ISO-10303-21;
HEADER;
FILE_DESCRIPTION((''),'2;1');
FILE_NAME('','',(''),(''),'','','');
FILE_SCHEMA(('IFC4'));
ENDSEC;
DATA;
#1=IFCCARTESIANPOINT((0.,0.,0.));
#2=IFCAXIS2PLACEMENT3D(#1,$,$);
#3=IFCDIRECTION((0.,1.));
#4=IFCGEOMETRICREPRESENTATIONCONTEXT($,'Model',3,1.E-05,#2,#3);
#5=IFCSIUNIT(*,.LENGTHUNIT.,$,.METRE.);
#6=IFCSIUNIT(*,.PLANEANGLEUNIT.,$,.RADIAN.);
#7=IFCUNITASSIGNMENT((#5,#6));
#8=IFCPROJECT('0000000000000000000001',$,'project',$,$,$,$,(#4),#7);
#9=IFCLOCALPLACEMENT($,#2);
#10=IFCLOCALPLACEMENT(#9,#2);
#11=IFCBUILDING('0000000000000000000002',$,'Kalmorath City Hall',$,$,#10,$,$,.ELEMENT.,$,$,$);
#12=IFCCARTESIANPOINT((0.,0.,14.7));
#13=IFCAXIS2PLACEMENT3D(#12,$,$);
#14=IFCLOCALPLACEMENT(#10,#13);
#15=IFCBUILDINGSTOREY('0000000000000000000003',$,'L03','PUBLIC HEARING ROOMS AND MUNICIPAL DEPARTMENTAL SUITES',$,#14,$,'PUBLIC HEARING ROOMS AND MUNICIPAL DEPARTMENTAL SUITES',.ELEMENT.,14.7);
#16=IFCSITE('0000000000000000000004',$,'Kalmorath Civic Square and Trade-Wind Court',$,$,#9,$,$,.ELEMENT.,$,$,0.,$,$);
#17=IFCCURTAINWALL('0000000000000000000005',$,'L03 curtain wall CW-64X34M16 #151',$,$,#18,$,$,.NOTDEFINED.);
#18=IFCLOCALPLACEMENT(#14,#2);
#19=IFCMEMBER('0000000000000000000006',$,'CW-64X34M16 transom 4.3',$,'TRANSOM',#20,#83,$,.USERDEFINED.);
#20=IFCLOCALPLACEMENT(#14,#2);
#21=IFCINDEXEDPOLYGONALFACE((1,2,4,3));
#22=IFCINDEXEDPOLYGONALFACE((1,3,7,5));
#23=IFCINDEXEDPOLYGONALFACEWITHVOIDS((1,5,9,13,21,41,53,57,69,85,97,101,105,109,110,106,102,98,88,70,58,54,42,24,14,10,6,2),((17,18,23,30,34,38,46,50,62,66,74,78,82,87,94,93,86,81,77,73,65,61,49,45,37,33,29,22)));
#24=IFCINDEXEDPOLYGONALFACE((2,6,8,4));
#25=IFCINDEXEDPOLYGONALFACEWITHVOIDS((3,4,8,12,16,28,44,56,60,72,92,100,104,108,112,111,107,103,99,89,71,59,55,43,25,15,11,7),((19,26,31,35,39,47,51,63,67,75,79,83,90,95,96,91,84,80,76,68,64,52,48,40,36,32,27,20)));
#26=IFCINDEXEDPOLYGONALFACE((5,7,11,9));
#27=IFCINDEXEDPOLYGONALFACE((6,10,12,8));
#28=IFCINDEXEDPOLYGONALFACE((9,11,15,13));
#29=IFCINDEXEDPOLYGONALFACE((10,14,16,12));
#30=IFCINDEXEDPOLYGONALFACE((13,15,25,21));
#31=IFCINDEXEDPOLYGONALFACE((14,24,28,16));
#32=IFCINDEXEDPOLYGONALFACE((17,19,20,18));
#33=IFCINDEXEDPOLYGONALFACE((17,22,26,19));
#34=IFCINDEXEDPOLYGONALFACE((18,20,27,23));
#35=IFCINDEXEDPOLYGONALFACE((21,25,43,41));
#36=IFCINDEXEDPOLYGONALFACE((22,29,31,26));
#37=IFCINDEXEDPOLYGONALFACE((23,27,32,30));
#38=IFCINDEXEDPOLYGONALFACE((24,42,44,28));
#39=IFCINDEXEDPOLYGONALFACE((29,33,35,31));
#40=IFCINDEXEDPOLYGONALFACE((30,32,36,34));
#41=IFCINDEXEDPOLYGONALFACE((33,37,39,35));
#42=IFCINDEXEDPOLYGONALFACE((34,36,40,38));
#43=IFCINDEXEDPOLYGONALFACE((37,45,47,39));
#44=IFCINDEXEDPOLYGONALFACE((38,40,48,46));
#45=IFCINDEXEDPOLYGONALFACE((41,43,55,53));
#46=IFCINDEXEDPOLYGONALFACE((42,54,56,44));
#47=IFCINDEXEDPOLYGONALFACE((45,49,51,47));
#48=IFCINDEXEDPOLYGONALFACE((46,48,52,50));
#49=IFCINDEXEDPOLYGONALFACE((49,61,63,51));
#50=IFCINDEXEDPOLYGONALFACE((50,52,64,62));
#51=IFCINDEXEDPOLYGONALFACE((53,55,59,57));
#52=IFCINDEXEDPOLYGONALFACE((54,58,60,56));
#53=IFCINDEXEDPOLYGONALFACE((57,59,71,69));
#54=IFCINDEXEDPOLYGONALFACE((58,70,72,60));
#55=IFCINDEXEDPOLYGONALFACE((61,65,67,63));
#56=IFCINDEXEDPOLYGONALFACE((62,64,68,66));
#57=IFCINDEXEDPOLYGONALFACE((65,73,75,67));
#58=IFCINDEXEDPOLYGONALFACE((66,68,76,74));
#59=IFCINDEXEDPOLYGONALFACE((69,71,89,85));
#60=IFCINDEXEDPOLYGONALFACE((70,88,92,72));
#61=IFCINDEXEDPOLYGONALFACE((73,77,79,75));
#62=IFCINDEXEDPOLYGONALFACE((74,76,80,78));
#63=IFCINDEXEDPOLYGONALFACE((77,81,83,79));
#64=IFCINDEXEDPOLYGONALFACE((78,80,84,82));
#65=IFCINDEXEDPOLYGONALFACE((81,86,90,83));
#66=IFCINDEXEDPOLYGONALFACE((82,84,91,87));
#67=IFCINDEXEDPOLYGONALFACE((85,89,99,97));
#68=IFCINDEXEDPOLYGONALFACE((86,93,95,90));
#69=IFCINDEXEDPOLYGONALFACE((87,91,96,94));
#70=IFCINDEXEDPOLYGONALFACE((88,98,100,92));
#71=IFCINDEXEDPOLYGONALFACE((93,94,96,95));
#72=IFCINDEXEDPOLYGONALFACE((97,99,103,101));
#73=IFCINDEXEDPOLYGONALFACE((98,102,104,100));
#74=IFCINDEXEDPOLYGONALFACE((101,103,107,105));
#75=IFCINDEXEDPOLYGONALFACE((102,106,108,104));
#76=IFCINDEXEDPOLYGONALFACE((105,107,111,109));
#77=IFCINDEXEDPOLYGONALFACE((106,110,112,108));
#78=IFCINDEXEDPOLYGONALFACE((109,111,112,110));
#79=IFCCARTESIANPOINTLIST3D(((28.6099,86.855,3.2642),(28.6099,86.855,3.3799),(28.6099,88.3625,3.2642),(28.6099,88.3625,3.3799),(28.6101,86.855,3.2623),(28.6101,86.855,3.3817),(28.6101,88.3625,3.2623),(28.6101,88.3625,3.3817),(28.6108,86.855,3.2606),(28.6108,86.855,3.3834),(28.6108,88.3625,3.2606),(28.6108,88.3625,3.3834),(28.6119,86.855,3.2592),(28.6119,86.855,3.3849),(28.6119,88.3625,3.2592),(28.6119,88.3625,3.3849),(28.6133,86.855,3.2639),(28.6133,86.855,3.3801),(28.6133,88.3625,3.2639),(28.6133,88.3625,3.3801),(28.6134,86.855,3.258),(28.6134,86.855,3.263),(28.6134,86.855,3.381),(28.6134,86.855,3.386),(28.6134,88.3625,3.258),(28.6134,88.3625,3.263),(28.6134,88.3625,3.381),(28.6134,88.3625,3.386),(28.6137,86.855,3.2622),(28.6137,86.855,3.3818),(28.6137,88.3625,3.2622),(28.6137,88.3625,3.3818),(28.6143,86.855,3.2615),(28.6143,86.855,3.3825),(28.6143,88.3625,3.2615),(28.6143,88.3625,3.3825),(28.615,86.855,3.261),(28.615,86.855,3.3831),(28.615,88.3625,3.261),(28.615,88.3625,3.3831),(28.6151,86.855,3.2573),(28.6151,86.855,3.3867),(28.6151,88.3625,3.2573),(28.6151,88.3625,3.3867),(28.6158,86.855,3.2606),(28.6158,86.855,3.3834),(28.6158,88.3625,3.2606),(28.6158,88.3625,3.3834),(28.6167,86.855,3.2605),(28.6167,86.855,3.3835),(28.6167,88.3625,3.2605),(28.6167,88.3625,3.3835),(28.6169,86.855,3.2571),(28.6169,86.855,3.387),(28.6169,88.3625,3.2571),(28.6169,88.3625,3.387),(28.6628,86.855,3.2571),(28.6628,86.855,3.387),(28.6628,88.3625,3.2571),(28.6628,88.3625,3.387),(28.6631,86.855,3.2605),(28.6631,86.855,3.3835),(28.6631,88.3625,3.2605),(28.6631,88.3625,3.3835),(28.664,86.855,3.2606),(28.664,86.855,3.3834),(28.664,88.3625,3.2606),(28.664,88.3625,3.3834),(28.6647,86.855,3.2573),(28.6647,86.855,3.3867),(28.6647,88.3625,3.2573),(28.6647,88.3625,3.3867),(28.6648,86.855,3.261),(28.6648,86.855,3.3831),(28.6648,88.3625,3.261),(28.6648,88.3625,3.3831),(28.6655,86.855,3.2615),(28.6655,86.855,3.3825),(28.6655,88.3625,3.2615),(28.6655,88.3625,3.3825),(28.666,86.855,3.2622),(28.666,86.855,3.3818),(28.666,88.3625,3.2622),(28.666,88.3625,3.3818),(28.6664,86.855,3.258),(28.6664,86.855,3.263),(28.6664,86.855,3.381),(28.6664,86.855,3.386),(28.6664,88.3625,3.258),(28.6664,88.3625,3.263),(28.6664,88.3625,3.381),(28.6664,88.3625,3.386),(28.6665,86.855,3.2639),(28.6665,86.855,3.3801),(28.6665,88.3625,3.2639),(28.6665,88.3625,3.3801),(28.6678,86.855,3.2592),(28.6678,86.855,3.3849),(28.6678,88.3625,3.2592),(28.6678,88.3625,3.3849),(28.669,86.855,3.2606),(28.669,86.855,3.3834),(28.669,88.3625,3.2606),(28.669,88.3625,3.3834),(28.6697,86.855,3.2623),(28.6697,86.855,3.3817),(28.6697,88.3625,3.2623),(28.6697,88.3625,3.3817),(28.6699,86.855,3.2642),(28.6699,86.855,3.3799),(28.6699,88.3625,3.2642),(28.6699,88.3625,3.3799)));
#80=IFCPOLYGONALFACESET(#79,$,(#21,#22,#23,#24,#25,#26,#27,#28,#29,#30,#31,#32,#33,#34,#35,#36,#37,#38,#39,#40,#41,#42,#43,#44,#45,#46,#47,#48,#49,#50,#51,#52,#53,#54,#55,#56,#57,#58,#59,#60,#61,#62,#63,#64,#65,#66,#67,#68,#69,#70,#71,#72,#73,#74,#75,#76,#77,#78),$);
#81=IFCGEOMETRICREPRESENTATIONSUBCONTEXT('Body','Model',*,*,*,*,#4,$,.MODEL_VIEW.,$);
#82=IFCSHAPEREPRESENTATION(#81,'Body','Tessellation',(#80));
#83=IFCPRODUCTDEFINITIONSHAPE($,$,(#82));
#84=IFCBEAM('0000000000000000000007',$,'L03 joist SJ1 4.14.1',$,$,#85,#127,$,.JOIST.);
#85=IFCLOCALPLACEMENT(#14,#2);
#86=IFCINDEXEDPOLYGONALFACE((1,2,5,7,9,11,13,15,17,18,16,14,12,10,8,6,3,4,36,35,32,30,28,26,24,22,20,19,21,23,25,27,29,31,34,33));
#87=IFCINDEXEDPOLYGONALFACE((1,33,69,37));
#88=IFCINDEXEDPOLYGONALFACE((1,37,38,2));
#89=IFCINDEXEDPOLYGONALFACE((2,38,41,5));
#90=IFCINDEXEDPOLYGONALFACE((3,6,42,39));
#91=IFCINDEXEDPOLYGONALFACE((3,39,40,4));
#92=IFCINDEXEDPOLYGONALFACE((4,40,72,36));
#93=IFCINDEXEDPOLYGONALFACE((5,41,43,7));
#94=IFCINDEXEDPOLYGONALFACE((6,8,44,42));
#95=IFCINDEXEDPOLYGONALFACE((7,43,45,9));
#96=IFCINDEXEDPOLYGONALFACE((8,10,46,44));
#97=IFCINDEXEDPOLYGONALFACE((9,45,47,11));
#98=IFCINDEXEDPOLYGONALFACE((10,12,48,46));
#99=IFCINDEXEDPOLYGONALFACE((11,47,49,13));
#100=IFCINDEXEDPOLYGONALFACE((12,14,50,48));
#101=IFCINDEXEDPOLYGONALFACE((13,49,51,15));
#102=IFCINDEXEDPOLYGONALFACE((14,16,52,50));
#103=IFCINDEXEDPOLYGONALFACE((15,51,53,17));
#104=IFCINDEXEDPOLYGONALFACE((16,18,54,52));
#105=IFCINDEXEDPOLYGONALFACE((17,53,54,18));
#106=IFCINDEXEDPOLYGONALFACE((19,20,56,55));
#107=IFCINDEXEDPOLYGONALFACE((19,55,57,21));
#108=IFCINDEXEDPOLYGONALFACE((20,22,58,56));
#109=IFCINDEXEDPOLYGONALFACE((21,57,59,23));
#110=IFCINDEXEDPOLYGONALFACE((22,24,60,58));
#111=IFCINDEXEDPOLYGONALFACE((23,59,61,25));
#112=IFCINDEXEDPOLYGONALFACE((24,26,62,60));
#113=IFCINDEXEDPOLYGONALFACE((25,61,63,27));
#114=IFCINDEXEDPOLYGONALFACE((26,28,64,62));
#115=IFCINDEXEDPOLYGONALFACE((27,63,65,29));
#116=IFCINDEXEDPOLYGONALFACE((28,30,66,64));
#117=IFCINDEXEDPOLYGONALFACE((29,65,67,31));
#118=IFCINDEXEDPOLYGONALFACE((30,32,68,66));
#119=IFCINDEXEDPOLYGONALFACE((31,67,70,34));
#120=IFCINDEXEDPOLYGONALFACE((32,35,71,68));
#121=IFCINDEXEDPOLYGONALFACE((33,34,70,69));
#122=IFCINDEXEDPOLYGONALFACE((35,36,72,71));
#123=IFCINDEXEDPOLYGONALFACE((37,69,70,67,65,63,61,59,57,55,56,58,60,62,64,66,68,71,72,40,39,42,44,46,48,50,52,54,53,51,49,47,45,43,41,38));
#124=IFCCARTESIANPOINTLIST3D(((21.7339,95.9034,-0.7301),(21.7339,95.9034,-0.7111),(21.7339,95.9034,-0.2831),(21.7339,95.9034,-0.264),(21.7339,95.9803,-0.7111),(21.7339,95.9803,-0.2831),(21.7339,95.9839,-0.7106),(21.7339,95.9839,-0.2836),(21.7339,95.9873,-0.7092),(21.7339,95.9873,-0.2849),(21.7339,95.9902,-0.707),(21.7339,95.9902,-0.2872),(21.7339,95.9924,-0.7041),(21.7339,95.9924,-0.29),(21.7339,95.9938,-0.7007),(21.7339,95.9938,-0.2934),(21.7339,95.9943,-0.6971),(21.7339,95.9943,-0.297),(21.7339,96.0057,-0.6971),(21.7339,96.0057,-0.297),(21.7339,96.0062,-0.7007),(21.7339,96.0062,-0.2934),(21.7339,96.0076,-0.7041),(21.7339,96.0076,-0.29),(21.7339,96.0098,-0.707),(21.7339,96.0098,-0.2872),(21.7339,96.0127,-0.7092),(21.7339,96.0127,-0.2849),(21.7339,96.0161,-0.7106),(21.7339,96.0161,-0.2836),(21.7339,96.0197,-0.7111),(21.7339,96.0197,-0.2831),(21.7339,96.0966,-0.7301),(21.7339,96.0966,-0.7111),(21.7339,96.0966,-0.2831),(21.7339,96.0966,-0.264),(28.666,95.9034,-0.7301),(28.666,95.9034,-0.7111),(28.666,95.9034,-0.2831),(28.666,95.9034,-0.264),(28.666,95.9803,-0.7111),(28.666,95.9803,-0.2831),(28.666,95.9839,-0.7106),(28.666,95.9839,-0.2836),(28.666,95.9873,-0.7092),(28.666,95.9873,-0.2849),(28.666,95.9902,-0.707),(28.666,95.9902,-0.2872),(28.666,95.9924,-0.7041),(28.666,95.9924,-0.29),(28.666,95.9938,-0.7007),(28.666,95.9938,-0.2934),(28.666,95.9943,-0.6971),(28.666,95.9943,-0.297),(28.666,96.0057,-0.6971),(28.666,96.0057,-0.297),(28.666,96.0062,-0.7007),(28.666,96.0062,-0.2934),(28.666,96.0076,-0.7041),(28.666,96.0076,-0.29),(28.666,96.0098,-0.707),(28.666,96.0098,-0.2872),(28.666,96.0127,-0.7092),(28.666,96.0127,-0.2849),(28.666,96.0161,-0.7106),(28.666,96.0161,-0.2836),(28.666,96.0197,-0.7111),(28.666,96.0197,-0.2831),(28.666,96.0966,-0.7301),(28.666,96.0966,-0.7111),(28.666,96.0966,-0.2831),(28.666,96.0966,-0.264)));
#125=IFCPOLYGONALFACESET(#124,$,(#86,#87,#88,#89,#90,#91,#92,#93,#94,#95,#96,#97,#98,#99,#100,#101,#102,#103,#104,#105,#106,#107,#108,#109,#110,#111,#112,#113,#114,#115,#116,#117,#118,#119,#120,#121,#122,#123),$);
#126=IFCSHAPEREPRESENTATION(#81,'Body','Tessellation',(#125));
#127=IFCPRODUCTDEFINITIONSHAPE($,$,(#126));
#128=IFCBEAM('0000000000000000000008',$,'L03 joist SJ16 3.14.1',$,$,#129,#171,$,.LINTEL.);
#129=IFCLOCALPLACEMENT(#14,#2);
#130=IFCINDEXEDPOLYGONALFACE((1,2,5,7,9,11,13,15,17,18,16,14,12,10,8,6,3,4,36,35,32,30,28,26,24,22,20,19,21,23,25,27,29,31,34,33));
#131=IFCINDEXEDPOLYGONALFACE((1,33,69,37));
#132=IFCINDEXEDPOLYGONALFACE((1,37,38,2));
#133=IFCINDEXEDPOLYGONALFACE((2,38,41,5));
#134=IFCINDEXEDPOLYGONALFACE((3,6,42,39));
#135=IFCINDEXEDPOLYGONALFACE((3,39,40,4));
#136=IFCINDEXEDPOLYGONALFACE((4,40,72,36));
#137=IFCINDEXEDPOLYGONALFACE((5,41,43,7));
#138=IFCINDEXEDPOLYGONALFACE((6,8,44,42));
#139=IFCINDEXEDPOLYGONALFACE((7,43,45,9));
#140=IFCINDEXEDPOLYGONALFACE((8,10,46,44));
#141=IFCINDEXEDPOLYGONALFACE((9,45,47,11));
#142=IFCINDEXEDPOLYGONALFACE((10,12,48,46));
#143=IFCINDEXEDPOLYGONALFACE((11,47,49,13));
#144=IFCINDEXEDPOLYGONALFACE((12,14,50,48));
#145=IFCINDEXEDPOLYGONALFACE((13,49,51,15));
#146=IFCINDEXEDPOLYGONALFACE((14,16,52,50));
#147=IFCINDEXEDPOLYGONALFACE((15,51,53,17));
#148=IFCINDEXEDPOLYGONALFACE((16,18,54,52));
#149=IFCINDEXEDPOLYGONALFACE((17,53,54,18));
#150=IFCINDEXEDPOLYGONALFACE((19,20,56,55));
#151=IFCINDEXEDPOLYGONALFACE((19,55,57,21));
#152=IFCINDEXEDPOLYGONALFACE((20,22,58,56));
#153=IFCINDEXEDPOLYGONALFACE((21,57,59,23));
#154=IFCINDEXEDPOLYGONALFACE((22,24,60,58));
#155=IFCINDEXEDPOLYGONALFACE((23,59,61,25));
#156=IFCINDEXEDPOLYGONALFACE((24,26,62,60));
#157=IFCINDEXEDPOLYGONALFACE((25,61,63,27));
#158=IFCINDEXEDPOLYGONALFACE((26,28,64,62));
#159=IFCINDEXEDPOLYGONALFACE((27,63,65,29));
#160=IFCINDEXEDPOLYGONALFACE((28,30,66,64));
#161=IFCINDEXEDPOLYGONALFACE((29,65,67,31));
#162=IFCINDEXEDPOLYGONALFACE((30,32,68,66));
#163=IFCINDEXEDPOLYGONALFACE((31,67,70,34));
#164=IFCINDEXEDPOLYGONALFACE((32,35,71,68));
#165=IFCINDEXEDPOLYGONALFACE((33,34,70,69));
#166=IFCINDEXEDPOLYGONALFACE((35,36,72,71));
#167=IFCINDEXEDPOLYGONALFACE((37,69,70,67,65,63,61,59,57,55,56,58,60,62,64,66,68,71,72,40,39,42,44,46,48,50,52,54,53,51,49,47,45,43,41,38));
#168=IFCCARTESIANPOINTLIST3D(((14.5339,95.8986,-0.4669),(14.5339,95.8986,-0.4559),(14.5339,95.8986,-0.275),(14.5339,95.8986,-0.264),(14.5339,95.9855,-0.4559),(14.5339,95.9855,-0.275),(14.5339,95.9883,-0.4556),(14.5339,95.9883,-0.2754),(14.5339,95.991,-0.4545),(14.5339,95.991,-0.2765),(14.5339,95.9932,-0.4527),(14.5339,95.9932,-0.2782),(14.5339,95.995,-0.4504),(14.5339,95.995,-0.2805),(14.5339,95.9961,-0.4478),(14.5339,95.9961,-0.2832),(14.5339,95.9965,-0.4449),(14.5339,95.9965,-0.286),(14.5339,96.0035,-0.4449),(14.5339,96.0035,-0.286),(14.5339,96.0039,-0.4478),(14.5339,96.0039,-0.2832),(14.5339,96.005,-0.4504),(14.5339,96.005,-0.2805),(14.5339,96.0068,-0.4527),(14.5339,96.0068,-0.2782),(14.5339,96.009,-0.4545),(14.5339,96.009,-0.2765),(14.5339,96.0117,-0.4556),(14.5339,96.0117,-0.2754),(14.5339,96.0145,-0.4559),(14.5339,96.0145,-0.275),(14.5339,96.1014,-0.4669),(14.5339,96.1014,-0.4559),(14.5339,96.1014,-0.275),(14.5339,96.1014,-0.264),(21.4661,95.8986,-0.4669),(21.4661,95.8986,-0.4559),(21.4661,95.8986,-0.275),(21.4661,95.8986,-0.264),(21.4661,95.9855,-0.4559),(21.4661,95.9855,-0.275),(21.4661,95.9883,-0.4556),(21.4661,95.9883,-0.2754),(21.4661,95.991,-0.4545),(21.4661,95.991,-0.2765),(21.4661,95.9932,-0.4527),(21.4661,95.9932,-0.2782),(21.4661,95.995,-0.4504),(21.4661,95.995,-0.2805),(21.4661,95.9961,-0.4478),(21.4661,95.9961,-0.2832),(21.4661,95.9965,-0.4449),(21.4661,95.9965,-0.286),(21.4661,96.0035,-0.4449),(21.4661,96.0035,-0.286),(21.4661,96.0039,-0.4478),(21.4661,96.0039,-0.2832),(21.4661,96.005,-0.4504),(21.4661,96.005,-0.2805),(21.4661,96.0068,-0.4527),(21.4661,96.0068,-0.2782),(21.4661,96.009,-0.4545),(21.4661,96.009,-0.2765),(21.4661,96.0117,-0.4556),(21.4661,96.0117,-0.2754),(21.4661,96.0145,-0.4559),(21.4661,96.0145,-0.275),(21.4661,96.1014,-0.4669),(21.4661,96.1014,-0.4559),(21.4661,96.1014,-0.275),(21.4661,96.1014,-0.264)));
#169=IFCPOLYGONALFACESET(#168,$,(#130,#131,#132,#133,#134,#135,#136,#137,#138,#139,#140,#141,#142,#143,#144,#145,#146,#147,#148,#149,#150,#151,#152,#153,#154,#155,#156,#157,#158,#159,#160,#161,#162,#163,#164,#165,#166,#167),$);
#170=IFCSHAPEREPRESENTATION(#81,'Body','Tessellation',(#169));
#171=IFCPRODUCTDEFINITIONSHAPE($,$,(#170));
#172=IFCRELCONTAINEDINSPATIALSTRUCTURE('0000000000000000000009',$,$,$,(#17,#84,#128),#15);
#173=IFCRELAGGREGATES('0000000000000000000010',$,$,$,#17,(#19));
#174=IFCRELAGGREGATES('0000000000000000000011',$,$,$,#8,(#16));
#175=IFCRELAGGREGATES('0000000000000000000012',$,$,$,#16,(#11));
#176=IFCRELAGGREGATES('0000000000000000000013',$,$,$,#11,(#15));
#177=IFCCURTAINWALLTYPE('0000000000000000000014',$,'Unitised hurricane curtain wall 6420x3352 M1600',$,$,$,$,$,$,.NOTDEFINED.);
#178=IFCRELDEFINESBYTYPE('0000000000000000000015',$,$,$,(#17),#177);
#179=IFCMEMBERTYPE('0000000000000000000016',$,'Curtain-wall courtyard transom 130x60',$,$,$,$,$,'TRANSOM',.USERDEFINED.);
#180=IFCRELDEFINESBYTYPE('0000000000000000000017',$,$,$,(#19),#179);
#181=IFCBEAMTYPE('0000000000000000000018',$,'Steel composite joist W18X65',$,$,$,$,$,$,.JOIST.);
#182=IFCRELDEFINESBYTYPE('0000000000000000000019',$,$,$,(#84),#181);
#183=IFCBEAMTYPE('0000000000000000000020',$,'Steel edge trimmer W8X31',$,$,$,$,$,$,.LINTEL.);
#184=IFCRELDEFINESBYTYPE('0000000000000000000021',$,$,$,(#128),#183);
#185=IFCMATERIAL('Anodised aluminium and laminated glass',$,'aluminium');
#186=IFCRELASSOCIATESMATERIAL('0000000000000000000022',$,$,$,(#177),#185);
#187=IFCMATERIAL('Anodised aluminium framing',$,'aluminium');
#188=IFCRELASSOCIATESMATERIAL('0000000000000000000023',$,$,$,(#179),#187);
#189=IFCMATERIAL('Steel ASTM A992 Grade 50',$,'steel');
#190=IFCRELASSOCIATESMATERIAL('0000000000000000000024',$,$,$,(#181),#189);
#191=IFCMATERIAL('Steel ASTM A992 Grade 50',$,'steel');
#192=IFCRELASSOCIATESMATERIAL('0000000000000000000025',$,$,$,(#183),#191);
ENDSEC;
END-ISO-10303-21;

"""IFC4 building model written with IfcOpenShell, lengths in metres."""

from ifc_helpers import new_model, si_unit, direction, frame, origin, origin_2d, place, context, subcontext, project, spatial, hollow_rectangle, i_section, extrude, material, material_profile, profile_set, type_object, element, aggregate, save


model = new_model("IFC4")

# Units and contexts
model_context = context("Model", 3, precision=1e-05, world=origin(), true_north=direction((0.0, 1.0)))
body_context = subcontext(model_context, "Body", "Model", "MODEL_VIEW")
ifc_project = project(units=[si_unit("LENGTHUNIT", "METRE"), si_unit("PLANEANGLEUNIT", "RADIAN")], contexts=[model_context])

# Site, building, storey
site_placement = place(None, origin())
site = spatial("IfcSite", under=ifc_project, at=site_placement, Name="Kalmorath Civic Square and Trade-Wind Court", CompositionType="ELEMENT", RefElevation=0.0)
building_placement = place(site_placement, origin())
building = spatial("IfcBuilding", under=site, at=building_placement, Name="Kalmorath City Hall", CompositionType="ELEMENT")
storey_placement = place(building_placement, frame((0.0, 0.0, 14.7)))
storey = spatial("IfcBuildingStorey", under=building, at=storey_placement, Name="L03", Description="PUBLIC HEARING ROOMS AND MUNICIPAL DEPARTMENTAL SUITES", LongName="PUBLIC HEARING ROOMS AND MUNICIPAL DEPARTMENTAL SUITES", CompositionType="ELEMENT", Elevation=14.7)

# Curtain wall, member
ifc_material_1 = material(Name="Anodised aluminium and laminated glass", Category="aluminium")
curtain_wall_type = type_object("IfcCurtainWallType", Name="Unitised hurricane curtain wall 6420x3352 M1600", PredefinedType="NOTDEFINED", material=ifc_material_1)
curtain_wall_placement = place(storey_placement, origin())
curtain_wall = element("IfcCurtainWall", 1, at=curtain_wall_placement, inside=storey, type_object=curtain_wall_type, Name="L03 curtain wall CW-64X34M16 #151", PredefinedType="NOTDEFINED")
ifc_material_2 = material(Name="Anodised aluminium framing", Category="aluminium")
ifc_material_profile_1 = material_profile(ifc_material_2, hollow_rectangle(XDim=0.0601, YDim=0.1299, WallThickness=0.0034, InnerFilletRadius=0.0034, OuterFilletRadius=0.0071, at=origin_2d()), Name="ALU-TRN-130X60X3.5")
ifc_profile_set_1 = profile_set([ifc_material_profile_1], Name="Anodised aluminium framing")
member_type_1 = type_object("IfcMemberType", Name="Curtain-wall courtyard transom 130x60", ElementType="TRANSOM", PredefinedType="USERDEFINED", material=ifc_profile_set_1)
member_1_placement = place(storey_placement, frame((28.6399, 88.3625, 3.322), z_axis=(0.0, -1.0, 0.0), x_axis=(1.0, 0.0, 0.0)))
member_1 = element("IfcMember", 2, at=member_1_placement, type_object=member_type_1, Name="CW-64X34M16 transom 4.3", ObjectType="TRANSOM", PredefinedType="USERDEFINED", context=body_context, shape_type="SweptSolid", body=[
    extrude(hollow_rectangle(XDim=0.0601, YDim=0.1299, WallThickness=0.0034, InnerFilletRadius=0.0034, OuterFilletRadius=0.0071, at=origin_2d()), origin(), (0.0, 0.0, 1.0), 1.5076),
])

# Beams
ifc_material_3 = material(Name="Steel ASTM A992 Grade 50", Category="steel")
ifc_material_profile_2 = material_profile(ifc_material_3, i_section(OverallWidth=0.1931, OverallDepth=0.4661, WebThickness=0.0115, FlangeThickness=0.019, FilletRadius=0.0139, at=origin_2d()), Name="W18X65")
ifc_profile_set_2 = profile_set([ifc_material_profile_2], Name="Steel ASTM A992 Grade 50")
beam_type_1 = type_object("IfcBeamType", Name="Steel composite joist W18X65", PredefinedType="JOIST", material=ifc_profile_set_2)
beam_1_placement = place(storey_placement, frame((21.7339, 96.0, -0.4971), z_axis=(1.0, 0.0, 0.0), x_axis=(0.0, 1.0, 0.0)))
element("IfcBeam", 3, at=beam_1_placement, inside=storey, type_object=beam_type_1, Name="L03 joist SJ1 4.14.1", PredefinedType="JOIST", context=body_context, shape_type="SweptSolid", body=[
    extrude(i_section(OverallWidth=0.1931, OverallDepth=0.4661, WebThickness=0.0115, FlangeThickness=0.019, FilletRadius=0.0139, at=origin_2d()), origin(), (0.0, 0.0, 1.0), 6.9321),
])
ifc_material_4 = material(Name="Steel ASTM A992 Grade 50", Category="steel")
ifc_material_profile_3 = material_profile(ifc_material_4, i_section(OverallWidth=0.2029, OverallDepth=0.2029, WebThickness=0.0071, FlangeThickness=0.011, FilletRadius=0.011, at=origin_2d()), Name="W8X31")
ifc_profile_set_3 = profile_set([ifc_material_profile_3], Name="Steel ASTM A992 Grade 50")
beam_type_2 = type_object("IfcBeamType", Name="Steel edge trimmer W8X31", PredefinedType="LINTEL", material=ifc_profile_set_3)
beam_2_placement = place(storey_placement, frame((14.5339, 96.0, -0.3655), z_axis=(1.0, 0.0, 0.0), x_axis=(0.0, 1.0, 0.0)))
element("IfcBeam", 4, at=beam_2_placement, inside=storey, type_object=beam_type_2, Name="L03 joist SJ16 3.14.1", PredefinedType="LINTEL", context=body_context, shape_type="SweptSolid", body=[
    extrude(i_section(OverallWidth=0.2029, OverallDepth=0.2029, WebThickness=0.0071, FlangeThickness=0.011, FilletRadius=0.011, at=origin_2d()), origin(), (0.0, 0.0, 1.0), 6.9321),
])

aggregate(curtain_wall, [member_1])

save(model, "model.ifc")
